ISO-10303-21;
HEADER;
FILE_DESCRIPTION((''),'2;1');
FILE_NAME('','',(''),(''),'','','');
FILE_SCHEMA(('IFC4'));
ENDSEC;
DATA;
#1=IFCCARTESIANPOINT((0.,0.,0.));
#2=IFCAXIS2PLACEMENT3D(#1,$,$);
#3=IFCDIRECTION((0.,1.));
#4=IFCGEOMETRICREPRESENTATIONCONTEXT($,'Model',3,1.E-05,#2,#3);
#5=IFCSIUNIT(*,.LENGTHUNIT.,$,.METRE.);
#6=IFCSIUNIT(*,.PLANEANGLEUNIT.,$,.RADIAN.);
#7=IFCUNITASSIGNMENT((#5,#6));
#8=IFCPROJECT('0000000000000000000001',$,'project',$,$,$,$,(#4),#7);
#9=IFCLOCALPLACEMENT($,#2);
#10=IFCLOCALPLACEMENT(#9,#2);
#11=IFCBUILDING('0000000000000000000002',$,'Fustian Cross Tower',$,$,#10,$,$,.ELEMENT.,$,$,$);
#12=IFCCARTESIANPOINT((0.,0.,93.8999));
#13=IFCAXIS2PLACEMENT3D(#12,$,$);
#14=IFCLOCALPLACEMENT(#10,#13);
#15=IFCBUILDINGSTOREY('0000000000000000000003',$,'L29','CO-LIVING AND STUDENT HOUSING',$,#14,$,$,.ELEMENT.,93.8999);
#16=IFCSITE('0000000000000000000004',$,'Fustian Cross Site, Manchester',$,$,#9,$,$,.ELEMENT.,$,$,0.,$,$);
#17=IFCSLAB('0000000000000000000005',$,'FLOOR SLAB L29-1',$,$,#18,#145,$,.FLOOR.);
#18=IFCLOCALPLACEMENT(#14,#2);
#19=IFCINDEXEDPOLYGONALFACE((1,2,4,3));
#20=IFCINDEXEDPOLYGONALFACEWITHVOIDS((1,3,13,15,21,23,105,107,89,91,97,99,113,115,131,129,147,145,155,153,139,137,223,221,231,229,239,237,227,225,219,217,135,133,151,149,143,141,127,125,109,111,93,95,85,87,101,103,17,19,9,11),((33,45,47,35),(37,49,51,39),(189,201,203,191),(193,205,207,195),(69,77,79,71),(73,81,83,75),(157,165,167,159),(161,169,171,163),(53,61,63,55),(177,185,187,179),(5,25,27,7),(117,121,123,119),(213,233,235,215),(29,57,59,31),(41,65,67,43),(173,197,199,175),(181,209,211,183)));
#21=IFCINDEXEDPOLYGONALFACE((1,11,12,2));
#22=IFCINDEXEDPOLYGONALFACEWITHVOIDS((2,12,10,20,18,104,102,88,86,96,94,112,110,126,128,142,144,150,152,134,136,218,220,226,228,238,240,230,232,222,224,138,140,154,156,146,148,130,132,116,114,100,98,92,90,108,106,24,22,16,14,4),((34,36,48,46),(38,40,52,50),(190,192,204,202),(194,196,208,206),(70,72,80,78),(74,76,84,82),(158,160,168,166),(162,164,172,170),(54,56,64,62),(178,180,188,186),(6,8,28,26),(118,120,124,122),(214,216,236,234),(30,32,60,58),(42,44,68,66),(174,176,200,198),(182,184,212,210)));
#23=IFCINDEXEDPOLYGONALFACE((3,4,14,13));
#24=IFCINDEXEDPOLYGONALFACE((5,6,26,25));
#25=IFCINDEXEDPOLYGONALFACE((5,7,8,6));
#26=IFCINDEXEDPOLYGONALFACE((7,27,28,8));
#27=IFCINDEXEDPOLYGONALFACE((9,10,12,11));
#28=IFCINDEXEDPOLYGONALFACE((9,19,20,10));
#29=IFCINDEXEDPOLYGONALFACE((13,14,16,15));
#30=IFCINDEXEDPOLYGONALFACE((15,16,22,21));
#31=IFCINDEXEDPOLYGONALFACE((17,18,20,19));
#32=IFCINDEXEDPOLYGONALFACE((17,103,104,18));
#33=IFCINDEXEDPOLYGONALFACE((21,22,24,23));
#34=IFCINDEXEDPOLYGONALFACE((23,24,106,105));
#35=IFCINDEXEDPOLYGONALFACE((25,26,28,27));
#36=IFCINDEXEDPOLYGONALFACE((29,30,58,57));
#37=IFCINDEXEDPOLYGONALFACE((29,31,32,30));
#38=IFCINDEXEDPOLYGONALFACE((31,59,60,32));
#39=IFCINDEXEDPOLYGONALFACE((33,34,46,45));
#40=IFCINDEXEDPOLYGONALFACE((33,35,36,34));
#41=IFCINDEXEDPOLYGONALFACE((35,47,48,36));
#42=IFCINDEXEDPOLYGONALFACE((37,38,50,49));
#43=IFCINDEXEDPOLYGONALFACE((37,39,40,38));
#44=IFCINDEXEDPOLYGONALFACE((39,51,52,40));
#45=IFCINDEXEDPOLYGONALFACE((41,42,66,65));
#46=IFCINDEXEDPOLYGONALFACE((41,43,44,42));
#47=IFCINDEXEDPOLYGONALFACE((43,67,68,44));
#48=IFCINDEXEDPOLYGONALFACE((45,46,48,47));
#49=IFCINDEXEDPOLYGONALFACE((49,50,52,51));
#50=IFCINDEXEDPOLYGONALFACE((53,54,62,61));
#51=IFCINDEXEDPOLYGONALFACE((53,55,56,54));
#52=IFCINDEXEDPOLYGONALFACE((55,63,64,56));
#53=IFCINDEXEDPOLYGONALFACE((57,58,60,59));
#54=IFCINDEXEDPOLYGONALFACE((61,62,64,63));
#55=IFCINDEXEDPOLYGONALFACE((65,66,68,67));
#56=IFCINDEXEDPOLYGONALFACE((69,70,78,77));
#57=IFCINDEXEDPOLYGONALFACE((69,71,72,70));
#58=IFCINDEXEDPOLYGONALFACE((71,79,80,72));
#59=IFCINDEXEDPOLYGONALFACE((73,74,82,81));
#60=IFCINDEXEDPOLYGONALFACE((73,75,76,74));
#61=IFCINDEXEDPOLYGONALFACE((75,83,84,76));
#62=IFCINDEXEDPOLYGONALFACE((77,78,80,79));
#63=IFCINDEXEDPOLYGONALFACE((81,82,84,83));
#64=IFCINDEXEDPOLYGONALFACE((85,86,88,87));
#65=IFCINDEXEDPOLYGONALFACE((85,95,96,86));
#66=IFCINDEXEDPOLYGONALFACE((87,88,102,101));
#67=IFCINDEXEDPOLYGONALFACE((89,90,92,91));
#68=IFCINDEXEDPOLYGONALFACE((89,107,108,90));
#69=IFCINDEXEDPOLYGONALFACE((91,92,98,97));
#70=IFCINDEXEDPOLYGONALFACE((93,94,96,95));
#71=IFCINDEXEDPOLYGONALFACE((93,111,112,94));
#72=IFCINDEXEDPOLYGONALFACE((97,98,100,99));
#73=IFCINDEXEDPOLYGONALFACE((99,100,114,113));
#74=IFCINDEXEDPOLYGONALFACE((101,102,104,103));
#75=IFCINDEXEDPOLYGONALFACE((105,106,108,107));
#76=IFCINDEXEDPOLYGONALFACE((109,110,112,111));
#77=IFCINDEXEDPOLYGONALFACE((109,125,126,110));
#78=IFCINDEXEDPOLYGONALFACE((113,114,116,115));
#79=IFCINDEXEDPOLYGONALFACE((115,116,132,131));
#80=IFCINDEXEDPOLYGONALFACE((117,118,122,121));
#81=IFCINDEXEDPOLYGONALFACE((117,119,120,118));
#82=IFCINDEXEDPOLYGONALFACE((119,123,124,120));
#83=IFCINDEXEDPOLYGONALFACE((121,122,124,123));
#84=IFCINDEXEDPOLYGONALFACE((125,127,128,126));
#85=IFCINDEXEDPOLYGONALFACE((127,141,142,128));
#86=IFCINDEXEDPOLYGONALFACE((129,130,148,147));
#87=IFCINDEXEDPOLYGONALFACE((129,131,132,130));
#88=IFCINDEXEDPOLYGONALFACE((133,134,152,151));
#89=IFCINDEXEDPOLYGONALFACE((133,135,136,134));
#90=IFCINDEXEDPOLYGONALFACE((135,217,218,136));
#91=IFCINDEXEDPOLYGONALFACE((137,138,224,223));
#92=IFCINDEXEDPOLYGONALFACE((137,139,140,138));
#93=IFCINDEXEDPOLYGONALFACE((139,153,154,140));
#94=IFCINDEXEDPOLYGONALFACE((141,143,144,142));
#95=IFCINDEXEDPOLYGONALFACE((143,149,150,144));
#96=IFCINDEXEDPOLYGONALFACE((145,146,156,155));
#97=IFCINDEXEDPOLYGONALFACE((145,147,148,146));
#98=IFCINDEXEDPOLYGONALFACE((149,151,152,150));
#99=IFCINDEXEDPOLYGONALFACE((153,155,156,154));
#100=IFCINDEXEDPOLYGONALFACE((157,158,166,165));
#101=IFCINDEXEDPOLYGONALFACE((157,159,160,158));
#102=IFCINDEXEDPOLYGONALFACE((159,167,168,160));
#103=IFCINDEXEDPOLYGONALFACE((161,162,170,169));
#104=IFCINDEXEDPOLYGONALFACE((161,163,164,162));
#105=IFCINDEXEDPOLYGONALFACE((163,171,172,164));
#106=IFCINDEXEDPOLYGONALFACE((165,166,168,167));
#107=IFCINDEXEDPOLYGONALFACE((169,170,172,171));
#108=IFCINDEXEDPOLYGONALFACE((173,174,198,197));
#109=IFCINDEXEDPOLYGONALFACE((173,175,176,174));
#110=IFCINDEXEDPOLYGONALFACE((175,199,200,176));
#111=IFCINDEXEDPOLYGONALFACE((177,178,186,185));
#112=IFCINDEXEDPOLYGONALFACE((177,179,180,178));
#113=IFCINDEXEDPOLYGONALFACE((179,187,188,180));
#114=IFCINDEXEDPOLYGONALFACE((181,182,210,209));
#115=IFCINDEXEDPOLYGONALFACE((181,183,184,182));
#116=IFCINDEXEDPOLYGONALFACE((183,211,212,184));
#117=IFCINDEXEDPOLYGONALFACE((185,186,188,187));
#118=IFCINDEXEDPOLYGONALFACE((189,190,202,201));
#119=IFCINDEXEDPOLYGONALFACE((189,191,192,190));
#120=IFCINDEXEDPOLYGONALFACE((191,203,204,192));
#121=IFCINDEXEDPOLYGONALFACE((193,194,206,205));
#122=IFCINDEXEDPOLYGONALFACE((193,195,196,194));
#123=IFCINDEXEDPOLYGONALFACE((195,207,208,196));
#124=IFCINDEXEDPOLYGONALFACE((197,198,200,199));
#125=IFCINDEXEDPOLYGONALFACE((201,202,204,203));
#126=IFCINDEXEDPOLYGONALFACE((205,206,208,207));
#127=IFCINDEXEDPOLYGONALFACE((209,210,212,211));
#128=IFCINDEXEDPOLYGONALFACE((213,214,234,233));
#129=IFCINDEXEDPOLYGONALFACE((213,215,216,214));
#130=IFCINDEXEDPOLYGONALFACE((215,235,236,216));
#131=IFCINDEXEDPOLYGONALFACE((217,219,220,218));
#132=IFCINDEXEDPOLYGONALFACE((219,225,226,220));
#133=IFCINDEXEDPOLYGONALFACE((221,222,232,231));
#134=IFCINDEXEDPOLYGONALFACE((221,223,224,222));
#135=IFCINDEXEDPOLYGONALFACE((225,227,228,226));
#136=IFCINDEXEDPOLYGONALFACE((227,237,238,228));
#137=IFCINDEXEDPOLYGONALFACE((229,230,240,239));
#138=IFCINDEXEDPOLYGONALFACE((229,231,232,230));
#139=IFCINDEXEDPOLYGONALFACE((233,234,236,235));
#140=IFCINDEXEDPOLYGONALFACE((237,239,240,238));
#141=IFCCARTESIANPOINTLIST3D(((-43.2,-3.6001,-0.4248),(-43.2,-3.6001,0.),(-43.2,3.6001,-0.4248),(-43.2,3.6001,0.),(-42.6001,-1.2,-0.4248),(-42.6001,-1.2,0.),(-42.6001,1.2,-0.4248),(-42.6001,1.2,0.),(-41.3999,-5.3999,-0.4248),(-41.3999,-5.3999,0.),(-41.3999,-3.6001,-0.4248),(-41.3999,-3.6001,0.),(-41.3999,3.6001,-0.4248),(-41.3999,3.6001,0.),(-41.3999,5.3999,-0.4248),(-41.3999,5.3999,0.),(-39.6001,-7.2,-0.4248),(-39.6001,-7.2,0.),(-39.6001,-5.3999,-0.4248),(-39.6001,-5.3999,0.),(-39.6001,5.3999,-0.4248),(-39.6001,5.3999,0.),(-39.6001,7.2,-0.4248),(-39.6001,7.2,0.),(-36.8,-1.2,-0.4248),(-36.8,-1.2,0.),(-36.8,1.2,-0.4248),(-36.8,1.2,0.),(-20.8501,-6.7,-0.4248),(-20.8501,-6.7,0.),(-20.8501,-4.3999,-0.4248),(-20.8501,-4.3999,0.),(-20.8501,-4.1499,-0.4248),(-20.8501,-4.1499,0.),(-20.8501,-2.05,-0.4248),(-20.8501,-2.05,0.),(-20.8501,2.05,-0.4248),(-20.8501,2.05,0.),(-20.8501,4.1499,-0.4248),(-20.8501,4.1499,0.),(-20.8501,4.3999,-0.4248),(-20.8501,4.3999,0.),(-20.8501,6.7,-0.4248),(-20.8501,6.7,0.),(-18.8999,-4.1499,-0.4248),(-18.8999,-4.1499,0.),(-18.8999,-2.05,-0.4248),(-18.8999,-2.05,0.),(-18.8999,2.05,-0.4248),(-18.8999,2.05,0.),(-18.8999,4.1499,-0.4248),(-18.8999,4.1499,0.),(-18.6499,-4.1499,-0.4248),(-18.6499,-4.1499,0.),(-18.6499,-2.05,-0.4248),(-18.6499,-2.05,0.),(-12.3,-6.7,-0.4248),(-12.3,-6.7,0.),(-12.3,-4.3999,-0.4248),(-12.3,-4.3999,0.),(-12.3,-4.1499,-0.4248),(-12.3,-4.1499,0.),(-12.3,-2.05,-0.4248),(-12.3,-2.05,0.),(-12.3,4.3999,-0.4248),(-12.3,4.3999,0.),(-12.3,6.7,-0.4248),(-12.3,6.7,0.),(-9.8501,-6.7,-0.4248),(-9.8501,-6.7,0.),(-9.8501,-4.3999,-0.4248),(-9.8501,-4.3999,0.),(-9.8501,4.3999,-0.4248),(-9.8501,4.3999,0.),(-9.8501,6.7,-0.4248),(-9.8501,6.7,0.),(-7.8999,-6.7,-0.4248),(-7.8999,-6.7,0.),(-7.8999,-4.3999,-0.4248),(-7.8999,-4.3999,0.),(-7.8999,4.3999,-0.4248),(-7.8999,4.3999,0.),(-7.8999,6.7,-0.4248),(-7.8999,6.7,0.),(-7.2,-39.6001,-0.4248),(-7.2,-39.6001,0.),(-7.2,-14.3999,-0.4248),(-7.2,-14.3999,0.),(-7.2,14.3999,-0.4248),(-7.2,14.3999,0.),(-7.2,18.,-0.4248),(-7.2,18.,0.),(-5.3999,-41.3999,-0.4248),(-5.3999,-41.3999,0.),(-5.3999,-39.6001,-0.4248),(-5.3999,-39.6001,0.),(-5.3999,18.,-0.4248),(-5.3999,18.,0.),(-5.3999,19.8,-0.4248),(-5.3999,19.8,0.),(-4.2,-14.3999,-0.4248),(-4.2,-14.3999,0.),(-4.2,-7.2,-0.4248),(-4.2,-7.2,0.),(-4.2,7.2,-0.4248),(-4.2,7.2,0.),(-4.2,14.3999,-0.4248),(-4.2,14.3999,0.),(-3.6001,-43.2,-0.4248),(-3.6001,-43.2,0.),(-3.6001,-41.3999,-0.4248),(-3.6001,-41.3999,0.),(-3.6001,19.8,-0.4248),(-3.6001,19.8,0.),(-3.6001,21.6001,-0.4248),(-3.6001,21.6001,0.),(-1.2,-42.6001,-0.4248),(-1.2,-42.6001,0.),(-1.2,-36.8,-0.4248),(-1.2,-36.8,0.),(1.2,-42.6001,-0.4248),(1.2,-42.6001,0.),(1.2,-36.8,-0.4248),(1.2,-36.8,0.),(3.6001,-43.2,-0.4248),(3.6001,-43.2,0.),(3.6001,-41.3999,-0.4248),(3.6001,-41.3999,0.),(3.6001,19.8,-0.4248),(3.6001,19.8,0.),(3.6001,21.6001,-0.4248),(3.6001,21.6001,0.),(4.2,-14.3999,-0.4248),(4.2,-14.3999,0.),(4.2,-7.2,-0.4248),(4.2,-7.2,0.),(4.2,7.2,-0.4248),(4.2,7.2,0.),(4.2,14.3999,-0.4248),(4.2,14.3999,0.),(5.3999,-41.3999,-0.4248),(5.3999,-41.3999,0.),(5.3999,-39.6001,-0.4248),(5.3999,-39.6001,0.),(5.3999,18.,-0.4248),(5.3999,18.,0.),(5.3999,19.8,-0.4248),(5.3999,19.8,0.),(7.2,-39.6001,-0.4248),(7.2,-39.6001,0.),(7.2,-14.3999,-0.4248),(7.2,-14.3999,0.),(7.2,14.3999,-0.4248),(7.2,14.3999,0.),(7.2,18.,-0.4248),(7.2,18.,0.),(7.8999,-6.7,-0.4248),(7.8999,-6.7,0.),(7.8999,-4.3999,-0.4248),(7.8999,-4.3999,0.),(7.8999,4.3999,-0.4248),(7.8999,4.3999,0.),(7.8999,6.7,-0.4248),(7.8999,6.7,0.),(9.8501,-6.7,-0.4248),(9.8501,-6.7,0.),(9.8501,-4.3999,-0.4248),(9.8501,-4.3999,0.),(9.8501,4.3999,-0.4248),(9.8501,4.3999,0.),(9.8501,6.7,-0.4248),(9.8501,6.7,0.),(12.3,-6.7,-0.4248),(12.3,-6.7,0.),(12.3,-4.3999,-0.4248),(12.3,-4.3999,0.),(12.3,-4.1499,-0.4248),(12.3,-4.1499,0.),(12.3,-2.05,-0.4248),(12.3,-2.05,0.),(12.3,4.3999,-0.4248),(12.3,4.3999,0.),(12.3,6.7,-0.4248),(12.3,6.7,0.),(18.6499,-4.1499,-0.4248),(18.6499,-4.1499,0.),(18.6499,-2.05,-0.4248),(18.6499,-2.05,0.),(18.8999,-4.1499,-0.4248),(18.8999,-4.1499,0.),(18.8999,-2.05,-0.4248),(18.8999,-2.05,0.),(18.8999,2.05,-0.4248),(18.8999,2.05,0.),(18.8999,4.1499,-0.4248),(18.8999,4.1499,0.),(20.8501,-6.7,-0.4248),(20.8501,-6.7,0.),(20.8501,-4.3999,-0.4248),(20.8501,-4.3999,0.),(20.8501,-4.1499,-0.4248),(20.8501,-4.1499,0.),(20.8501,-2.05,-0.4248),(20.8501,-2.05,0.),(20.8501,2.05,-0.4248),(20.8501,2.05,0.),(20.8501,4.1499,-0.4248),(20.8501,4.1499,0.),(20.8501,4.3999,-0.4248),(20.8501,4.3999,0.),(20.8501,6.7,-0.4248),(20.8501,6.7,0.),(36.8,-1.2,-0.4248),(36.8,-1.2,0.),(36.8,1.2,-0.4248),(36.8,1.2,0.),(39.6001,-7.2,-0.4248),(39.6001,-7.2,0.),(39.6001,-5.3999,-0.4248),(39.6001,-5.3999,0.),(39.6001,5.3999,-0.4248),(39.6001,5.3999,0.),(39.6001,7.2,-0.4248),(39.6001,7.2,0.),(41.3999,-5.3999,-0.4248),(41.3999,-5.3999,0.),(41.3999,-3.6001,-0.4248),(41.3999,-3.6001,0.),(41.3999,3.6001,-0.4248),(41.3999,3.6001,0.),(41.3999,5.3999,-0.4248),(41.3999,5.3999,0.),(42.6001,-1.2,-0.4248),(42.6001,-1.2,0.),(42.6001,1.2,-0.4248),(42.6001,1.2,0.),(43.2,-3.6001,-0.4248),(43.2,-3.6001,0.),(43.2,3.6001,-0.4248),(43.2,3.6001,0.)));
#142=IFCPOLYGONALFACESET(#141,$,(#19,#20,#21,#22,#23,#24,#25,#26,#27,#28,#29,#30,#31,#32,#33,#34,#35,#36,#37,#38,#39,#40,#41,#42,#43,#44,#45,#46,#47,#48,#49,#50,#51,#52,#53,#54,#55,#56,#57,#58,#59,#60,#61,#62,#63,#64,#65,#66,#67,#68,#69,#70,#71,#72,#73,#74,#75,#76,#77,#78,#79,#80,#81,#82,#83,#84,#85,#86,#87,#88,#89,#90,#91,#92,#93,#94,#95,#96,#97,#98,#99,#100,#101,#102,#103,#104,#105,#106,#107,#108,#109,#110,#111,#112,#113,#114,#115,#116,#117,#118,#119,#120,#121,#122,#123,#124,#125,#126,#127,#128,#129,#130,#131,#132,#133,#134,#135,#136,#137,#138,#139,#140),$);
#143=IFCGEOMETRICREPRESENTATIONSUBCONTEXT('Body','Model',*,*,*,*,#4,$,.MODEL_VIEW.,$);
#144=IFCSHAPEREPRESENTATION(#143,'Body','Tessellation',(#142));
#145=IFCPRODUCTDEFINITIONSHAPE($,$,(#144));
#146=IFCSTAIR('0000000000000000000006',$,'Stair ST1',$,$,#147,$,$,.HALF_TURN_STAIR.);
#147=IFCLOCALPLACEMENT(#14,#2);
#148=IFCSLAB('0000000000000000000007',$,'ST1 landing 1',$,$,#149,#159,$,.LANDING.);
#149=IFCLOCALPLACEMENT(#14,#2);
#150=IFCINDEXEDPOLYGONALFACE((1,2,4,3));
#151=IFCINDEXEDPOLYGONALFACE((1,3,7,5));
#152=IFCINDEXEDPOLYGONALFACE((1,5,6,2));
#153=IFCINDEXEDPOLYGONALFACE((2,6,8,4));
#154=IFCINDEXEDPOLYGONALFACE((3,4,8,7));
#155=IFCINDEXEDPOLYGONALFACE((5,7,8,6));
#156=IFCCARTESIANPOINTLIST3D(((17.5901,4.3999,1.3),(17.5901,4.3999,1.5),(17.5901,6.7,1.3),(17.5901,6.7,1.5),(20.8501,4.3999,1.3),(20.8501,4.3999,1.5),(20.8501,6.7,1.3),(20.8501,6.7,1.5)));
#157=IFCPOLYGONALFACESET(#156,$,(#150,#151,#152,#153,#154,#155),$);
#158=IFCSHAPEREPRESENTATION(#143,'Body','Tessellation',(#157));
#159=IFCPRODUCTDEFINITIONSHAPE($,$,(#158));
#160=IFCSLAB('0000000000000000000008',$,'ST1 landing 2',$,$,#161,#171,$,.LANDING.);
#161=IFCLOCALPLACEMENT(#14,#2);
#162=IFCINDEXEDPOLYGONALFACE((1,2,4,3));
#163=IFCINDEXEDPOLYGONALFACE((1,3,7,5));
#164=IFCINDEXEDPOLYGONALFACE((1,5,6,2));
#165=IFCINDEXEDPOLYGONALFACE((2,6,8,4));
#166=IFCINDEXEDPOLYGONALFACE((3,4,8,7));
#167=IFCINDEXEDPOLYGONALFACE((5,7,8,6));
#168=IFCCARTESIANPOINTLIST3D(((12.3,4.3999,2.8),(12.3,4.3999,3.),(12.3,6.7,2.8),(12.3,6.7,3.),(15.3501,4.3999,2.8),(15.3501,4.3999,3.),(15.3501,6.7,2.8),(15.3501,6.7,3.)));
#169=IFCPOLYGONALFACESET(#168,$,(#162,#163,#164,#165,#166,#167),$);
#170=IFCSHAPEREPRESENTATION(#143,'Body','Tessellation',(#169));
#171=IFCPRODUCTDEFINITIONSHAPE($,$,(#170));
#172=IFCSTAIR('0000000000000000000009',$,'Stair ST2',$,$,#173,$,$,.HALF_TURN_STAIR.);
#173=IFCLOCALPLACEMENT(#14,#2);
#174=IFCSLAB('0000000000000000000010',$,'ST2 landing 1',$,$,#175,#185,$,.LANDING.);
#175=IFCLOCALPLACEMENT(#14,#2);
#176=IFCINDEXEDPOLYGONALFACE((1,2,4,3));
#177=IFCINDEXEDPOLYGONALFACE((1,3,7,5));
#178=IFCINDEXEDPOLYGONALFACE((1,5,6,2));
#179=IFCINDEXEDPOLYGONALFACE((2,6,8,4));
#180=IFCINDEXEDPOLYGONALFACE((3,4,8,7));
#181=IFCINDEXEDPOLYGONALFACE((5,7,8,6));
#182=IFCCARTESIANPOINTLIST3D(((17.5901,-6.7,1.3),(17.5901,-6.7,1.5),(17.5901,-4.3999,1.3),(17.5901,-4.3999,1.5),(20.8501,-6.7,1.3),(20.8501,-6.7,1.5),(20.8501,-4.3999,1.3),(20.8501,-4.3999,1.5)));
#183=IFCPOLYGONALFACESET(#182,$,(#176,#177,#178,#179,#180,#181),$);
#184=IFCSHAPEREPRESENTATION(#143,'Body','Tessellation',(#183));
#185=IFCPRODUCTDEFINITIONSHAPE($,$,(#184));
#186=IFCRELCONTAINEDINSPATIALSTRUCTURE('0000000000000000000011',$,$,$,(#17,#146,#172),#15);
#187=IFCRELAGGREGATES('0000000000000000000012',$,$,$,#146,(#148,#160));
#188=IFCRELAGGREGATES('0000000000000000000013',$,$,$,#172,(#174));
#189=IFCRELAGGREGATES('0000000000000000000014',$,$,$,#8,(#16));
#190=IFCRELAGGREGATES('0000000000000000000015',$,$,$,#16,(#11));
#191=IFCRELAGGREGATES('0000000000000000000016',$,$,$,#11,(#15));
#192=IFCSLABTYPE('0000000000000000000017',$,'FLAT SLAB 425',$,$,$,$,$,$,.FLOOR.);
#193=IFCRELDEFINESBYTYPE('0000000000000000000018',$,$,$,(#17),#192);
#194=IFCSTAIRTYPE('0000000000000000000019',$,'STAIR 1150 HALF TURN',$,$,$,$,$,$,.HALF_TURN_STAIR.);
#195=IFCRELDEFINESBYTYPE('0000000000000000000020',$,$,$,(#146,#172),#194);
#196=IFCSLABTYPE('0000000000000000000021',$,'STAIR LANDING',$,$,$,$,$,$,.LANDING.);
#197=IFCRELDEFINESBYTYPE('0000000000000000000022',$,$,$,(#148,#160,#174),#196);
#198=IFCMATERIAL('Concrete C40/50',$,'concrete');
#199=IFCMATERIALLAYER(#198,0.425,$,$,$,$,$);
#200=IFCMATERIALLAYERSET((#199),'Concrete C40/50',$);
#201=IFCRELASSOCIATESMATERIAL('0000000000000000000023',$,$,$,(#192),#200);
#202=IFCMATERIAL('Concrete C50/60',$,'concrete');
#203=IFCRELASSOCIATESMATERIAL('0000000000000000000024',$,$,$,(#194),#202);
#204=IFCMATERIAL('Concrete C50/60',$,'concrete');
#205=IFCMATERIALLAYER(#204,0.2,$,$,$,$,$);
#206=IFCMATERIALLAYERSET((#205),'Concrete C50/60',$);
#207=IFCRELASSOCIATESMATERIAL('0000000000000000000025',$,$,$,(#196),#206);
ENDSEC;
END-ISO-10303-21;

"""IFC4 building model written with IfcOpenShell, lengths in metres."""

from ifc_helpers import new_model, si_unit, direction, frame, origin, place, context, subcontext, project, spatial, polyline, outline, extrude, material, layer, layer_set, type_object, element, aggregate, save


model = new_model("IFC4")

# Units and contexts
model_context = context("Model", 3, precision=1e-05, world=origin(), true_north=direction((0.0, 1.0)))
body_context = subcontext(model_context, "Body", "Model", "MODEL_VIEW")
ifc_project = project(units=[si_unit("LENGTHUNIT", "METRE"), si_unit("PLANEANGLEUNIT", "RADIAN")], contexts=[model_context])

# Site, building, storey
site_placement = place(None, origin())
site = spatial("IfcSite", under=ifc_project, at=site_placement, Name="Fustian Cross Site, Manchester", CompositionType="ELEMENT", RefElevation=0.0)
building_placement = place(site_placement, origin())
building = spatial("IfcBuilding", under=site, at=building_placement, Name="Fustian Cross Tower", CompositionType="ELEMENT")
storey_placement = place(building_placement, frame((0.0, 0.0, 93.8999)))
storey = spatial("IfcBuildingStorey", under=building, at=storey_placement, Name="L29", Description="CO-LIVING AND STUDENT HOUSING", CompositionType="ELEMENT", Elevation=93.8999)

# Slab
ifc_material_1 = material(Name="Concrete C40/50", Category="concrete")
ifc_layer_1 = layer(ifc_material_1, 0.425)
ifc_layer_set_1 = layer_set([ifc_layer_1], Name="Concrete C40/50")
slab_type_1 = type_object("IfcSlabType", Name="FLAT SLAB 425", PredefinedType="FLOOR", material=ifc_layer_set_1)
slab_1_placement = place(storey_placement, frame((0.0, 0.0, -0.4248)))
element("IfcSlab", 1, at=slab_1_placement, inside=storey, type_object=slab_type_1, Name="FLOOR SLAB L29-1", PredefinedType="FLOOR", context=body_context, shape_type="SweptSolid", body=[
    extrude(outline(polyline([(-4.2, -7.2), (-39.6001, -7.2), (-39.6001, -5.3999), (-41.3999, -5.3999), (-41.3999, -3.6001), (-43.2, -3.6001), (-43.2, 3.6001), (-41.3999, 3.6001), (-41.3999, 5.3999), (-39.6001, 5.3999), (-39.6001, 7.2), (-4.2, 7.2), (-4.2, 14.3999), (-7.2, 14.3999), (-7.2, 18.0), (-5.3999, 18.0), (-5.3999, 19.8), (-3.6001, 19.8), (-3.6001, 21.6001), (3.6001, 21.6001), (3.6001, 19.8), (5.3999, 19.8), (5.3999, 18.0), (7.2, 18.0), (7.2, 14.3999), (4.2, 14.3999), (4.2, 7.2), (39.6001, 7.2), (39.6001, 5.3999), (41.3999, 5.3999), (41.3999, 3.6001), (43.2, 3.6001), (43.2, -3.6001), (41.3999, -3.6001), (41.3999, -5.3999), (39.6001, -5.3999), (39.6001, -7.2), (4.2, -7.2), (4.2, -14.3999), (7.2, -14.3999), (7.2, -39.6001), (5.3999, -39.6001), (5.3999, -41.3999), (3.6001, -41.3999), (3.6001, -43.2), (-3.6001, -43.2), (-3.6001, -41.3999), (-5.3999, -41.3999), (-5.3999, -39.6001), (-7.2, -39.6001), (-7.2, -14.3999), (-4.2, -14.3999), (-4.2, -7.2)]), holes=[polyline([(20.8501, -2.05), (18.8999, -2.05), (18.8999, -4.1499), (20.8501, -4.1499), (20.8501, -2.05)]), polyline([(20.8501, 2.05), (20.8501, 4.1499), (18.8999, 4.1499), (18.8999, 2.05), (20.8501, 2.05)]), polyline([(7.8999, 4.3999), (9.8501, 4.3999), (9.8501, 6.7), (7.8999, 6.7), (7.8999, 4.3999)]), polyline([(7.8999, -4.3999), (7.8999, -6.7), (9.8501, -6.7), (9.8501, -4.3999), (7.8999, -4.3999)]), polyline([(-18.8999, -2.05), (-20.8501, -2.05), (-20.8501, -4.1499), (-18.8999, -4.1499), (-18.8999, -2.05)]), polyline([(-18.8999, 2.05), (-18.8999, 4.1499), (-20.8501, 4.1499), (-20.8501, 2.05), (-18.8999, 2.05)]), polyline([(-9.8501, 4.3999), (-7.8999, 4.3999), (-7.8999, 6.7), (-9.8501, 6.7), (-9.8501, 4.3999)]), polyline([(-9.8501, -4.3999), (-9.8501, -6.7), (-7.8999, -6.7), (-7.8999, -4.3999), (-9.8501, -4.3999)]), polyline([(18.6499, -2.05), (12.3, -2.05), (12.3, -4.1499), (18.6499, -4.1499), (18.6499, -2.05)]), polyline([(-12.3, -4.1499), (-12.3, -2.05), (-18.6499, -2.05), (-18.6499, -4.1499), (-12.3, -4.1499)]), polyline([(12.3, 4.3999), (20.8501, 4.3999), (20.8501, 6.7), (12.3, 6.7), (12.3, 4.3999)]), polyline([(12.3, -4.3999), (12.3, -6.7), (20.8501, -6.7), (20.8501, -4.3999), (12.3, -4.3999)]), polyline([(-12.3, 6.7), (-20.8501, 6.7), (-20.8501, 4.3999), (-12.3, 4.3999), (-12.3, 6.7)]), polyline([(-12.3, -6.7), (-12.3, -4.3999), (-20.8501, -4.3999), (-20.8501, -6.7), (-12.3, -6.7)]), polyline([(-1.2, -42.6001), (1.2, -42.6001), (1.2, -36.8), (-1.2, -36.8), (-1.2, -42.6001)]), polyline([(36.8, 1.2), (36.8, -1.2), (42.6001, -1.2), (42.6001, 1.2), (36.8, 1.2)]), polyline([(-36.8, 1.2), (-42.6001, 1.2), (-42.6001, -1.2), (-36.8, -1.2), (-36.8, 1.2)])]), origin(), (0.0, 0.0, 1.0), 0.4248),
])

# Stairs, slabs
ifc_material_2 = material(Name="Concrete C50/60", Category="concrete")
stair_type = type_object("IfcStairType", Name="STAIR 1150 HALF TURN", PredefinedType="HALF_TURN_STAIR", material=ifc_material_2)
stair_1_placement = place(storey_placement, origin())
stair_1 = element("IfcStair", 2, at=stair_1_placement, inside=storey, type_object=stair_type, Name="Stair ST1", PredefinedType="HALF_TURN_STAIR")
ifc_material_3 = material(Name="Concrete C50/60", Category="concrete")
ifc_layer_2 = layer(ifc_material_3, 0.2)
ifc_layer_set_2 = layer_set([ifc_layer_2], Name="Concrete C50/60")
slab_type_2 = type_object("IfcSlabType", Name="STAIR LANDING", PredefinedType="LANDING", material=ifc_layer_set_2)
slab_2_placement = place(storey_placement, frame((0.0, 0.0, 1.3)))
slab_2 = element("IfcSlab", 3, at=slab_2_placement, type_object=slab_type_2, Name="ST1 landing 1", PredefinedType="LANDING", context=body_context, shape_type="SweptSolid", body=[
    extrude(outline(polyline([(17.5901, 4.3999), (20.8501, 4.3999), (20.8501, 6.7), (17.5901, 6.7), (17.5901, 4.3999)])), origin(), (0.0, 0.0, 1.0), 0.2),
])
slab_3_placement = place(storey_placement, frame((0.0, 0.0, 2.8)))
slab_3 = element("IfcSlab", 4, at=slab_3_placement, type_object=slab_type_2, Name="ST1 landing 2", PredefinedType="LANDING", context=body_context, shape_type="SweptSolid", body=[
    extrude(outline(polyline([(12.3, 4.3999), (15.3501, 4.3999), (15.3501, 6.7), (12.3, 6.7), (12.3, 4.3999)])), origin(), (0.0, 0.0, 1.0), 0.2),
])
aggregate(stair_1, [slab_2, slab_3])
stair_2_placement = place(storey_placement, origin())
stair_2 = element("IfcStair", 5, at=stair_2_placement, inside=storey, type_object=stair_type, Name="Stair ST2", PredefinedType="HALF_TURN_STAIR")
slab_4_placement = place(storey_placement, frame((0.0, 0.0, 1.3)))
slab_4 = element("IfcSlab", 6, at=slab_4_placement, type_object=slab_type_2, Name="ST2 landing 1", PredefinedType="LANDING", context=body_context, shape_type="SweptSolid", body=[
    extrude(outline(polyline([(17.5901, -4.3999), (20.8501, -4.3999), (20.8501, -6.7), (17.5901, -6.7), (17.5901, -4.3999)])), origin(), (0.0, 0.0, 1.0), 0.2),
])
aggregate(stair_2, [slab_4])

save(model, "model.ifc")
